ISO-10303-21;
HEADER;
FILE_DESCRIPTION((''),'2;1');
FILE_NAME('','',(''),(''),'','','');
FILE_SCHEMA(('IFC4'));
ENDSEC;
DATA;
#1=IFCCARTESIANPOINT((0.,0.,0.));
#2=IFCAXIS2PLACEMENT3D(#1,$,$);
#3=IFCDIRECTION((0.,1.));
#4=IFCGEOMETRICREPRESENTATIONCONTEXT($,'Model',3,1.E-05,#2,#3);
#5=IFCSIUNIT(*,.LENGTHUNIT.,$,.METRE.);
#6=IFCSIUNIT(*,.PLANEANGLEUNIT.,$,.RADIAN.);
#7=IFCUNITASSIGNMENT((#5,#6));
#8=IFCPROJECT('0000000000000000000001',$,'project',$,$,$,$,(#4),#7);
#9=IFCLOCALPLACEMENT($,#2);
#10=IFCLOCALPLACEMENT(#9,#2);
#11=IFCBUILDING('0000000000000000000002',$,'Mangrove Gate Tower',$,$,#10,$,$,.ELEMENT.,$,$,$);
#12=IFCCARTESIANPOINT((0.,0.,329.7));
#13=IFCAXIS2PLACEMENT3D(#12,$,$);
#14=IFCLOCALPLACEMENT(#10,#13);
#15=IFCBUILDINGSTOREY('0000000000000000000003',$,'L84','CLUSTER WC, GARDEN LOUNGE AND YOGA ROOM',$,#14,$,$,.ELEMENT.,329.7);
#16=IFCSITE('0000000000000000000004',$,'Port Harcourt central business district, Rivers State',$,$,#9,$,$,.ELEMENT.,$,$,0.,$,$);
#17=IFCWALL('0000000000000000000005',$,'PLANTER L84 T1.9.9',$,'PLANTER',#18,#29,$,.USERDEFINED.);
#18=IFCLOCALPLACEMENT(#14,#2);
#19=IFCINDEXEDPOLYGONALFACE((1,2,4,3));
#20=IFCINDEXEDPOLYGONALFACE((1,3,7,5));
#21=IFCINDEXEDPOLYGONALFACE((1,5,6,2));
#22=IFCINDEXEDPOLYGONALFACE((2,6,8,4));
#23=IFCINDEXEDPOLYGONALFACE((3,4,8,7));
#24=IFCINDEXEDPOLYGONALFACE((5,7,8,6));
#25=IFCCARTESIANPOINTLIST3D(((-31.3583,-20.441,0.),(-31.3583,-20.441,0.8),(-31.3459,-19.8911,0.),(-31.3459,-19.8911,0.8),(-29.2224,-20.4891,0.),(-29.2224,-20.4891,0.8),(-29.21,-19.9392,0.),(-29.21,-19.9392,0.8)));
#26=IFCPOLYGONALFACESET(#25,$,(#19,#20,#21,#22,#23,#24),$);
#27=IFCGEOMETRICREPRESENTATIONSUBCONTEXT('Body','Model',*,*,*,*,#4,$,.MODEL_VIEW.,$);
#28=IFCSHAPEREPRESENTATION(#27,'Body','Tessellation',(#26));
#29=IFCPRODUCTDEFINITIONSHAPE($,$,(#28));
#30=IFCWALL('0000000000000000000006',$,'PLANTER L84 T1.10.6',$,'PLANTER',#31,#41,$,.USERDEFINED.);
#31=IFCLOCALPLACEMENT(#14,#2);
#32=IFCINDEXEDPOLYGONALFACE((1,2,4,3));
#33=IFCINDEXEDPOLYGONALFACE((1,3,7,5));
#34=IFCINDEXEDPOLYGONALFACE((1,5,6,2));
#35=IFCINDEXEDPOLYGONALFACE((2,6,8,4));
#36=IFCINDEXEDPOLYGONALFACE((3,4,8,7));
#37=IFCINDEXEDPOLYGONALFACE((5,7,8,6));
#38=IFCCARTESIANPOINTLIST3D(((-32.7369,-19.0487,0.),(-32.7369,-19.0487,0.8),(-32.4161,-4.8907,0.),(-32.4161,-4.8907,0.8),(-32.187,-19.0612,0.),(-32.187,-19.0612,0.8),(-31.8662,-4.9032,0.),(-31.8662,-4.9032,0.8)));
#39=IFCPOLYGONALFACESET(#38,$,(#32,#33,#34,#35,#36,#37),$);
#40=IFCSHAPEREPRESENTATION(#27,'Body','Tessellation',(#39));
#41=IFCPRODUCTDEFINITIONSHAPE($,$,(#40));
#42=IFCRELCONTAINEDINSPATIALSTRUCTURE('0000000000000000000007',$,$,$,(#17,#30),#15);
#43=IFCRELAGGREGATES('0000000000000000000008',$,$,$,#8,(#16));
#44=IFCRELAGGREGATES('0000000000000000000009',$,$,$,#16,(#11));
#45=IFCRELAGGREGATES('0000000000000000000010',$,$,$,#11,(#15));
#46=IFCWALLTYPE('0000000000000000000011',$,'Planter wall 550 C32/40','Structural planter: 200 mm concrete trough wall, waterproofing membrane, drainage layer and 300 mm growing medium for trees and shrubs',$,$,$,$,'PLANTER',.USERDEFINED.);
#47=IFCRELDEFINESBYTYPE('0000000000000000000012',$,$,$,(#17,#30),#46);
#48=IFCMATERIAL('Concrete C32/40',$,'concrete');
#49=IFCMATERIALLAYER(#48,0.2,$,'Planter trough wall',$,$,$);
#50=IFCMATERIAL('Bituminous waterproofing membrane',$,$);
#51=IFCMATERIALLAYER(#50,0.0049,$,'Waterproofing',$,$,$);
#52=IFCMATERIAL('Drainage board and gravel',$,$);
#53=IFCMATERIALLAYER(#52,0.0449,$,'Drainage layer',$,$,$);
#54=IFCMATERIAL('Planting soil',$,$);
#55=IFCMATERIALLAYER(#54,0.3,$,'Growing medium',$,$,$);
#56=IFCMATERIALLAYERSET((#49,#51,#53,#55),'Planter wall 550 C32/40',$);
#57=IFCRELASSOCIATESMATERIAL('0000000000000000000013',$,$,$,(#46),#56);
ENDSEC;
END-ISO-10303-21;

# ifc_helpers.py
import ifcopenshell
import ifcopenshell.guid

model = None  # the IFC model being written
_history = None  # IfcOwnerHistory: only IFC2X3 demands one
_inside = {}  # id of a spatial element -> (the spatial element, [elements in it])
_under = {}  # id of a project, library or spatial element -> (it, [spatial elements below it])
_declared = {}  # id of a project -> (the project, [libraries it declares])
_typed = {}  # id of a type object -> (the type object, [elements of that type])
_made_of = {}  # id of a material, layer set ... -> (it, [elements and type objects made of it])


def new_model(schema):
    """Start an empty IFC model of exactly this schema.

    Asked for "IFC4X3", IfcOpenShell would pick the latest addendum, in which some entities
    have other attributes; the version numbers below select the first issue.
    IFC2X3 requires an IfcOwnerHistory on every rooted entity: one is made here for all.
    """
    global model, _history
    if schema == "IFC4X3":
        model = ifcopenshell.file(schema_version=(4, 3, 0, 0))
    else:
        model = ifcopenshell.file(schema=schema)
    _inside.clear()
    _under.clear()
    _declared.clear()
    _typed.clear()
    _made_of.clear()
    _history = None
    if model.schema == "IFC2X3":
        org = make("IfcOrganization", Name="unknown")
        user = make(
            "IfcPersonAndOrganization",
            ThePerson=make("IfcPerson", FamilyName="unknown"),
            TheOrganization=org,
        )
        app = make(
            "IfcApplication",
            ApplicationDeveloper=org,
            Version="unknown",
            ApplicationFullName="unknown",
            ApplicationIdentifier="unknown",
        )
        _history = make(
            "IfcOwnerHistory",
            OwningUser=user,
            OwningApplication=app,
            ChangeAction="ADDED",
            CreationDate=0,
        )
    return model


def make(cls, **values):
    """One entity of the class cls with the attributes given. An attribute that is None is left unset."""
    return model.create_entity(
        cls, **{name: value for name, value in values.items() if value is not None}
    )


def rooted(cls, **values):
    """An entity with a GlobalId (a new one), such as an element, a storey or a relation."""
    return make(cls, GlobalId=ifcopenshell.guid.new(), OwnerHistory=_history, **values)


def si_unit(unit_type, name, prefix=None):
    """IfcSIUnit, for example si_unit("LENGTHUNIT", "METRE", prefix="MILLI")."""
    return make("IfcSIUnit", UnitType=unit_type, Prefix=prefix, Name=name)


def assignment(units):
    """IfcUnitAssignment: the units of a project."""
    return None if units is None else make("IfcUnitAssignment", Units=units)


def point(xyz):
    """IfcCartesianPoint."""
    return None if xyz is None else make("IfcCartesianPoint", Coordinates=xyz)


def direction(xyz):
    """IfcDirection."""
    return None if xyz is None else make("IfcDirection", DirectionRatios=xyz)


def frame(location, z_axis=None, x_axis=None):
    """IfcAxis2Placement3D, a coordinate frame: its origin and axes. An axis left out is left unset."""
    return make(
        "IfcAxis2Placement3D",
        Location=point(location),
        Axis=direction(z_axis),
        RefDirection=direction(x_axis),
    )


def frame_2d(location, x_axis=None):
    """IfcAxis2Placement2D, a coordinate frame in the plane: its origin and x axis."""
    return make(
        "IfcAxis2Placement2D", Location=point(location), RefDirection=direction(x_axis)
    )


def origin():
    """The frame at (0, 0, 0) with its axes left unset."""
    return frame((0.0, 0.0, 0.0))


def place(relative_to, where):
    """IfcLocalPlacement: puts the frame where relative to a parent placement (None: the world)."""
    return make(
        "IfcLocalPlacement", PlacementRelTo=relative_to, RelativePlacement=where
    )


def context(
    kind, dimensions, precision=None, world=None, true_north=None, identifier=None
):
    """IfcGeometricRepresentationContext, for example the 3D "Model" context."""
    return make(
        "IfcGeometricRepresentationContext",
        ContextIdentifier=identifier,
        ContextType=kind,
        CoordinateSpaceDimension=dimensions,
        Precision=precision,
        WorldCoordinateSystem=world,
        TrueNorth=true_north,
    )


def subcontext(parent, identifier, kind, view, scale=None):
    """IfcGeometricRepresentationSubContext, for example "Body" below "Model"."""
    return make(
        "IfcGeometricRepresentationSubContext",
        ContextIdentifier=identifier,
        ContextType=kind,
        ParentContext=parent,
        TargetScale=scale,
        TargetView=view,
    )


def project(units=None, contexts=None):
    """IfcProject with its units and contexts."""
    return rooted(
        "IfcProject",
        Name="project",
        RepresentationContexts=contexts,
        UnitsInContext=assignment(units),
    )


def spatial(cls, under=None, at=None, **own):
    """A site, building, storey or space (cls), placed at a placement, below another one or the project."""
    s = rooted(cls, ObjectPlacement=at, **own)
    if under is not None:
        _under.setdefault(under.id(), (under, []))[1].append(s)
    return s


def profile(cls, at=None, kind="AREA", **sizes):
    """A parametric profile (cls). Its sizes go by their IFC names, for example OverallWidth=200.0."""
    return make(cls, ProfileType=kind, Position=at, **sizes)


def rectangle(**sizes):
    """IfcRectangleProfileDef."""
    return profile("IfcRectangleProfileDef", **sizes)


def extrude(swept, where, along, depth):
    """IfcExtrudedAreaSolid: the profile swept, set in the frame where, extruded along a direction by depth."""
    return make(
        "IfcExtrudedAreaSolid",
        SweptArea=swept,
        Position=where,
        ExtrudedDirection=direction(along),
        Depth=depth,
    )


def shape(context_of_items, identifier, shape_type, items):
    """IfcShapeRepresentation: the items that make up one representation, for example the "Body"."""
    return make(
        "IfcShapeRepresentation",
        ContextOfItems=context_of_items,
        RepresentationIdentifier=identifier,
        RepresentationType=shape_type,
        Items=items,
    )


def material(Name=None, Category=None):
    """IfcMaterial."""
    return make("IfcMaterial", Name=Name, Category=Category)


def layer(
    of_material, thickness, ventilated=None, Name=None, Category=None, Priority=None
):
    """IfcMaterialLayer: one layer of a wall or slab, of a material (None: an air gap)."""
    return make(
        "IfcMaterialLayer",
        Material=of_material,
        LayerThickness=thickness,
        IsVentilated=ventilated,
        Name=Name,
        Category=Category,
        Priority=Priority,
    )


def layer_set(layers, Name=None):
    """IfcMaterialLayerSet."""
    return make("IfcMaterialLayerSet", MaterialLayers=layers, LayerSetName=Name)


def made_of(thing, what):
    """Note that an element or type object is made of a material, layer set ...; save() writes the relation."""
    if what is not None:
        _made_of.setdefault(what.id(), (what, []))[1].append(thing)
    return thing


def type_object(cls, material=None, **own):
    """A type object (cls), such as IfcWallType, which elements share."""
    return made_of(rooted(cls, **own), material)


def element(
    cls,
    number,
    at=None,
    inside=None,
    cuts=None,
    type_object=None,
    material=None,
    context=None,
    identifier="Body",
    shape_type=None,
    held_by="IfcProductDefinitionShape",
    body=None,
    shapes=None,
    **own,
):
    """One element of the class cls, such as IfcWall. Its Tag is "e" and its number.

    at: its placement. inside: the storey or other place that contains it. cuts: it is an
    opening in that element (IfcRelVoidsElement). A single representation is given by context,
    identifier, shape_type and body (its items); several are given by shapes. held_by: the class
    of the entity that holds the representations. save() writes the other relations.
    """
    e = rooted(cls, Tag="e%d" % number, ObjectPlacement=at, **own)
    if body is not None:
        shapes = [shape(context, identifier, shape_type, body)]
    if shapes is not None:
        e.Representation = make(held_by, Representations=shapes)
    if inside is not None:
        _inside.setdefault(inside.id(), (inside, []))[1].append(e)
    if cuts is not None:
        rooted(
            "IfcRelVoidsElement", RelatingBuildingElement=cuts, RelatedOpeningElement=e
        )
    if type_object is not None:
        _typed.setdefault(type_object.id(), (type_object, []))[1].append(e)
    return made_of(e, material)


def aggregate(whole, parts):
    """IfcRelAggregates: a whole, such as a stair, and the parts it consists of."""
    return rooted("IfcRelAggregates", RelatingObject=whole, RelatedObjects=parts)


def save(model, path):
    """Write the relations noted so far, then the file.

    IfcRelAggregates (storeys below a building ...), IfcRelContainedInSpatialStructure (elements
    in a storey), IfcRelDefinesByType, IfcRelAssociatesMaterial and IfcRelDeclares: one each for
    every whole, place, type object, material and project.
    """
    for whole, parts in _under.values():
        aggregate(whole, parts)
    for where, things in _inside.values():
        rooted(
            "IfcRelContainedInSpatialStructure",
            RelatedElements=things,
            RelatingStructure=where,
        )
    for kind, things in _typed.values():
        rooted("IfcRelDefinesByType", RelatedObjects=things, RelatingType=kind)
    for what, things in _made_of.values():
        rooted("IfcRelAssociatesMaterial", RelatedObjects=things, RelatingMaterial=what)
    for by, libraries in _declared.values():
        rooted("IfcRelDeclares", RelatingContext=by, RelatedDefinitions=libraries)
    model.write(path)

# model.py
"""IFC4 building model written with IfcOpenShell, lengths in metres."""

from ifc_helpers import new_model, si_unit, direction, frame, frame_2d, origin, place, context, subcontext, project, spatial, rectangle, extrude, material, layer, layer_set, type_object, element, save


model = new_model("IFC4")

# Units and contexts
model_context = context("Model", 3, precision=1e-05, world=origin(), true_north=direction((0.0, 1.0)))
body_context = subcontext(model_context, "Body", "Model", "MODEL_VIEW")
ifc_project = project(units=[si_unit("LENGTHUNIT", "METRE"), si_unit("PLANEANGLEUNIT", "RADIAN")], contexts=[model_context])

# Site, building, storey
site_placement = place(None, origin())
site = spatial("IfcSite", under=ifc_project, at=site_placement, Name="Port Harcourt central business district, Rivers State", CompositionType="ELEMENT", RefElevation=0.0)
building_placement = place(site_placement, origin())
building = spatial("IfcBuilding", under=site, at=building_placement, Name="Mangrove Gate Tower", CompositionType="ELEMENT")
storey_placement = place(building_placement, frame((0.0, 0.0, 329.7)))
storey = spatial("IfcBuildingStorey", under=building, at=storey_placement, Name="L84", Description="CLUSTER WC, GARDEN LOUNGE AND YOGA ROOM", CompositionType="ELEMENT", Elevation=329.7)

# Walls
ifc_material_1 = material(Name="Concrete C32/40", Category="concrete")
ifc_layer_1 = layer(ifc_material_1, 0.2, Name="Planter trough wall")
ifc_material_2 = material(Name="Bituminous waterproofing membrane")
ifc_layer_2 = layer(ifc_material_2, 0.0049, Name="Waterproofing")
ifc_material_3 = material(Name="Drainage board and gravel")
ifc_layer_3 = layer(ifc_material_3, 0.0449, Name="Drainage layer")
ifc_material_4 = material(Name="Planting soil")
ifc_layer_4 = layer(ifc_material_4, 0.3, Name="Growing medium")
ifc_layer_set_1 = layer_set([ifc_layer_1, ifc_layer_2, ifc_layer_3, ifc_layer_4], Name="Planter wall 550 C32/40")
wall_type_1 = type_object("IfcWallType", Name="Planter wall 550 C32/40", Description="Structural planter: 200 mm concrete trough wall, waterproofing membrane, drainage layer and 300 mm growing medium for trees and shrubs", ElementType="PLANTER", PredefinedType="USERDEFINED", material=ifc_layer_set_1)
wall_1_placement = place(storey_placement, frame((-29.2161, -20.2141, 0.0), z_axis=(0.0, 0.0, 1.0), x_axis=(-0.999747, 0.022511, 0.0)))
element("IfcWall", 1, at=wall_1_placement, inside=storey, type_object=wall_type_1, Name="PLANTER L84 T1.9.9", ObjectType="PLANTER", PredefinedType="USERDEFINED", context=body_context, shape_type="SweptSolid", body=[
    extrude(rectangle(XDim=2.1365, YDim=0.55, at=frame_2d((1.0684, 0.0))), origin(), (0.0, 0.0, 1.0), 0.8),
])
wall_2_placement = place(storey_placement, frame((-32.4619, -19.0549, 0.0), z_axis=(0.0, 0.0, 1.0), x_axis=(0.022653, 0.999743, 0.0)))
element("IfcWall", 2, at=wall_2_placement, inside=storey, type_object=wall_type_1, Name="PLANTER L84 T1.10.6", ObjectType="PLANTER", PredefinedType="USERDEFINED", context=body_context, shape_type="SweptSolid", body=[
    extrude(rectangle(XDim=14.1616, YDim=0.55, at=frame_2d((7.0808, 0.0))), origin(), (0.0, 0.0, 1.0), 0.8),
])

save(model, "model.ifc")
